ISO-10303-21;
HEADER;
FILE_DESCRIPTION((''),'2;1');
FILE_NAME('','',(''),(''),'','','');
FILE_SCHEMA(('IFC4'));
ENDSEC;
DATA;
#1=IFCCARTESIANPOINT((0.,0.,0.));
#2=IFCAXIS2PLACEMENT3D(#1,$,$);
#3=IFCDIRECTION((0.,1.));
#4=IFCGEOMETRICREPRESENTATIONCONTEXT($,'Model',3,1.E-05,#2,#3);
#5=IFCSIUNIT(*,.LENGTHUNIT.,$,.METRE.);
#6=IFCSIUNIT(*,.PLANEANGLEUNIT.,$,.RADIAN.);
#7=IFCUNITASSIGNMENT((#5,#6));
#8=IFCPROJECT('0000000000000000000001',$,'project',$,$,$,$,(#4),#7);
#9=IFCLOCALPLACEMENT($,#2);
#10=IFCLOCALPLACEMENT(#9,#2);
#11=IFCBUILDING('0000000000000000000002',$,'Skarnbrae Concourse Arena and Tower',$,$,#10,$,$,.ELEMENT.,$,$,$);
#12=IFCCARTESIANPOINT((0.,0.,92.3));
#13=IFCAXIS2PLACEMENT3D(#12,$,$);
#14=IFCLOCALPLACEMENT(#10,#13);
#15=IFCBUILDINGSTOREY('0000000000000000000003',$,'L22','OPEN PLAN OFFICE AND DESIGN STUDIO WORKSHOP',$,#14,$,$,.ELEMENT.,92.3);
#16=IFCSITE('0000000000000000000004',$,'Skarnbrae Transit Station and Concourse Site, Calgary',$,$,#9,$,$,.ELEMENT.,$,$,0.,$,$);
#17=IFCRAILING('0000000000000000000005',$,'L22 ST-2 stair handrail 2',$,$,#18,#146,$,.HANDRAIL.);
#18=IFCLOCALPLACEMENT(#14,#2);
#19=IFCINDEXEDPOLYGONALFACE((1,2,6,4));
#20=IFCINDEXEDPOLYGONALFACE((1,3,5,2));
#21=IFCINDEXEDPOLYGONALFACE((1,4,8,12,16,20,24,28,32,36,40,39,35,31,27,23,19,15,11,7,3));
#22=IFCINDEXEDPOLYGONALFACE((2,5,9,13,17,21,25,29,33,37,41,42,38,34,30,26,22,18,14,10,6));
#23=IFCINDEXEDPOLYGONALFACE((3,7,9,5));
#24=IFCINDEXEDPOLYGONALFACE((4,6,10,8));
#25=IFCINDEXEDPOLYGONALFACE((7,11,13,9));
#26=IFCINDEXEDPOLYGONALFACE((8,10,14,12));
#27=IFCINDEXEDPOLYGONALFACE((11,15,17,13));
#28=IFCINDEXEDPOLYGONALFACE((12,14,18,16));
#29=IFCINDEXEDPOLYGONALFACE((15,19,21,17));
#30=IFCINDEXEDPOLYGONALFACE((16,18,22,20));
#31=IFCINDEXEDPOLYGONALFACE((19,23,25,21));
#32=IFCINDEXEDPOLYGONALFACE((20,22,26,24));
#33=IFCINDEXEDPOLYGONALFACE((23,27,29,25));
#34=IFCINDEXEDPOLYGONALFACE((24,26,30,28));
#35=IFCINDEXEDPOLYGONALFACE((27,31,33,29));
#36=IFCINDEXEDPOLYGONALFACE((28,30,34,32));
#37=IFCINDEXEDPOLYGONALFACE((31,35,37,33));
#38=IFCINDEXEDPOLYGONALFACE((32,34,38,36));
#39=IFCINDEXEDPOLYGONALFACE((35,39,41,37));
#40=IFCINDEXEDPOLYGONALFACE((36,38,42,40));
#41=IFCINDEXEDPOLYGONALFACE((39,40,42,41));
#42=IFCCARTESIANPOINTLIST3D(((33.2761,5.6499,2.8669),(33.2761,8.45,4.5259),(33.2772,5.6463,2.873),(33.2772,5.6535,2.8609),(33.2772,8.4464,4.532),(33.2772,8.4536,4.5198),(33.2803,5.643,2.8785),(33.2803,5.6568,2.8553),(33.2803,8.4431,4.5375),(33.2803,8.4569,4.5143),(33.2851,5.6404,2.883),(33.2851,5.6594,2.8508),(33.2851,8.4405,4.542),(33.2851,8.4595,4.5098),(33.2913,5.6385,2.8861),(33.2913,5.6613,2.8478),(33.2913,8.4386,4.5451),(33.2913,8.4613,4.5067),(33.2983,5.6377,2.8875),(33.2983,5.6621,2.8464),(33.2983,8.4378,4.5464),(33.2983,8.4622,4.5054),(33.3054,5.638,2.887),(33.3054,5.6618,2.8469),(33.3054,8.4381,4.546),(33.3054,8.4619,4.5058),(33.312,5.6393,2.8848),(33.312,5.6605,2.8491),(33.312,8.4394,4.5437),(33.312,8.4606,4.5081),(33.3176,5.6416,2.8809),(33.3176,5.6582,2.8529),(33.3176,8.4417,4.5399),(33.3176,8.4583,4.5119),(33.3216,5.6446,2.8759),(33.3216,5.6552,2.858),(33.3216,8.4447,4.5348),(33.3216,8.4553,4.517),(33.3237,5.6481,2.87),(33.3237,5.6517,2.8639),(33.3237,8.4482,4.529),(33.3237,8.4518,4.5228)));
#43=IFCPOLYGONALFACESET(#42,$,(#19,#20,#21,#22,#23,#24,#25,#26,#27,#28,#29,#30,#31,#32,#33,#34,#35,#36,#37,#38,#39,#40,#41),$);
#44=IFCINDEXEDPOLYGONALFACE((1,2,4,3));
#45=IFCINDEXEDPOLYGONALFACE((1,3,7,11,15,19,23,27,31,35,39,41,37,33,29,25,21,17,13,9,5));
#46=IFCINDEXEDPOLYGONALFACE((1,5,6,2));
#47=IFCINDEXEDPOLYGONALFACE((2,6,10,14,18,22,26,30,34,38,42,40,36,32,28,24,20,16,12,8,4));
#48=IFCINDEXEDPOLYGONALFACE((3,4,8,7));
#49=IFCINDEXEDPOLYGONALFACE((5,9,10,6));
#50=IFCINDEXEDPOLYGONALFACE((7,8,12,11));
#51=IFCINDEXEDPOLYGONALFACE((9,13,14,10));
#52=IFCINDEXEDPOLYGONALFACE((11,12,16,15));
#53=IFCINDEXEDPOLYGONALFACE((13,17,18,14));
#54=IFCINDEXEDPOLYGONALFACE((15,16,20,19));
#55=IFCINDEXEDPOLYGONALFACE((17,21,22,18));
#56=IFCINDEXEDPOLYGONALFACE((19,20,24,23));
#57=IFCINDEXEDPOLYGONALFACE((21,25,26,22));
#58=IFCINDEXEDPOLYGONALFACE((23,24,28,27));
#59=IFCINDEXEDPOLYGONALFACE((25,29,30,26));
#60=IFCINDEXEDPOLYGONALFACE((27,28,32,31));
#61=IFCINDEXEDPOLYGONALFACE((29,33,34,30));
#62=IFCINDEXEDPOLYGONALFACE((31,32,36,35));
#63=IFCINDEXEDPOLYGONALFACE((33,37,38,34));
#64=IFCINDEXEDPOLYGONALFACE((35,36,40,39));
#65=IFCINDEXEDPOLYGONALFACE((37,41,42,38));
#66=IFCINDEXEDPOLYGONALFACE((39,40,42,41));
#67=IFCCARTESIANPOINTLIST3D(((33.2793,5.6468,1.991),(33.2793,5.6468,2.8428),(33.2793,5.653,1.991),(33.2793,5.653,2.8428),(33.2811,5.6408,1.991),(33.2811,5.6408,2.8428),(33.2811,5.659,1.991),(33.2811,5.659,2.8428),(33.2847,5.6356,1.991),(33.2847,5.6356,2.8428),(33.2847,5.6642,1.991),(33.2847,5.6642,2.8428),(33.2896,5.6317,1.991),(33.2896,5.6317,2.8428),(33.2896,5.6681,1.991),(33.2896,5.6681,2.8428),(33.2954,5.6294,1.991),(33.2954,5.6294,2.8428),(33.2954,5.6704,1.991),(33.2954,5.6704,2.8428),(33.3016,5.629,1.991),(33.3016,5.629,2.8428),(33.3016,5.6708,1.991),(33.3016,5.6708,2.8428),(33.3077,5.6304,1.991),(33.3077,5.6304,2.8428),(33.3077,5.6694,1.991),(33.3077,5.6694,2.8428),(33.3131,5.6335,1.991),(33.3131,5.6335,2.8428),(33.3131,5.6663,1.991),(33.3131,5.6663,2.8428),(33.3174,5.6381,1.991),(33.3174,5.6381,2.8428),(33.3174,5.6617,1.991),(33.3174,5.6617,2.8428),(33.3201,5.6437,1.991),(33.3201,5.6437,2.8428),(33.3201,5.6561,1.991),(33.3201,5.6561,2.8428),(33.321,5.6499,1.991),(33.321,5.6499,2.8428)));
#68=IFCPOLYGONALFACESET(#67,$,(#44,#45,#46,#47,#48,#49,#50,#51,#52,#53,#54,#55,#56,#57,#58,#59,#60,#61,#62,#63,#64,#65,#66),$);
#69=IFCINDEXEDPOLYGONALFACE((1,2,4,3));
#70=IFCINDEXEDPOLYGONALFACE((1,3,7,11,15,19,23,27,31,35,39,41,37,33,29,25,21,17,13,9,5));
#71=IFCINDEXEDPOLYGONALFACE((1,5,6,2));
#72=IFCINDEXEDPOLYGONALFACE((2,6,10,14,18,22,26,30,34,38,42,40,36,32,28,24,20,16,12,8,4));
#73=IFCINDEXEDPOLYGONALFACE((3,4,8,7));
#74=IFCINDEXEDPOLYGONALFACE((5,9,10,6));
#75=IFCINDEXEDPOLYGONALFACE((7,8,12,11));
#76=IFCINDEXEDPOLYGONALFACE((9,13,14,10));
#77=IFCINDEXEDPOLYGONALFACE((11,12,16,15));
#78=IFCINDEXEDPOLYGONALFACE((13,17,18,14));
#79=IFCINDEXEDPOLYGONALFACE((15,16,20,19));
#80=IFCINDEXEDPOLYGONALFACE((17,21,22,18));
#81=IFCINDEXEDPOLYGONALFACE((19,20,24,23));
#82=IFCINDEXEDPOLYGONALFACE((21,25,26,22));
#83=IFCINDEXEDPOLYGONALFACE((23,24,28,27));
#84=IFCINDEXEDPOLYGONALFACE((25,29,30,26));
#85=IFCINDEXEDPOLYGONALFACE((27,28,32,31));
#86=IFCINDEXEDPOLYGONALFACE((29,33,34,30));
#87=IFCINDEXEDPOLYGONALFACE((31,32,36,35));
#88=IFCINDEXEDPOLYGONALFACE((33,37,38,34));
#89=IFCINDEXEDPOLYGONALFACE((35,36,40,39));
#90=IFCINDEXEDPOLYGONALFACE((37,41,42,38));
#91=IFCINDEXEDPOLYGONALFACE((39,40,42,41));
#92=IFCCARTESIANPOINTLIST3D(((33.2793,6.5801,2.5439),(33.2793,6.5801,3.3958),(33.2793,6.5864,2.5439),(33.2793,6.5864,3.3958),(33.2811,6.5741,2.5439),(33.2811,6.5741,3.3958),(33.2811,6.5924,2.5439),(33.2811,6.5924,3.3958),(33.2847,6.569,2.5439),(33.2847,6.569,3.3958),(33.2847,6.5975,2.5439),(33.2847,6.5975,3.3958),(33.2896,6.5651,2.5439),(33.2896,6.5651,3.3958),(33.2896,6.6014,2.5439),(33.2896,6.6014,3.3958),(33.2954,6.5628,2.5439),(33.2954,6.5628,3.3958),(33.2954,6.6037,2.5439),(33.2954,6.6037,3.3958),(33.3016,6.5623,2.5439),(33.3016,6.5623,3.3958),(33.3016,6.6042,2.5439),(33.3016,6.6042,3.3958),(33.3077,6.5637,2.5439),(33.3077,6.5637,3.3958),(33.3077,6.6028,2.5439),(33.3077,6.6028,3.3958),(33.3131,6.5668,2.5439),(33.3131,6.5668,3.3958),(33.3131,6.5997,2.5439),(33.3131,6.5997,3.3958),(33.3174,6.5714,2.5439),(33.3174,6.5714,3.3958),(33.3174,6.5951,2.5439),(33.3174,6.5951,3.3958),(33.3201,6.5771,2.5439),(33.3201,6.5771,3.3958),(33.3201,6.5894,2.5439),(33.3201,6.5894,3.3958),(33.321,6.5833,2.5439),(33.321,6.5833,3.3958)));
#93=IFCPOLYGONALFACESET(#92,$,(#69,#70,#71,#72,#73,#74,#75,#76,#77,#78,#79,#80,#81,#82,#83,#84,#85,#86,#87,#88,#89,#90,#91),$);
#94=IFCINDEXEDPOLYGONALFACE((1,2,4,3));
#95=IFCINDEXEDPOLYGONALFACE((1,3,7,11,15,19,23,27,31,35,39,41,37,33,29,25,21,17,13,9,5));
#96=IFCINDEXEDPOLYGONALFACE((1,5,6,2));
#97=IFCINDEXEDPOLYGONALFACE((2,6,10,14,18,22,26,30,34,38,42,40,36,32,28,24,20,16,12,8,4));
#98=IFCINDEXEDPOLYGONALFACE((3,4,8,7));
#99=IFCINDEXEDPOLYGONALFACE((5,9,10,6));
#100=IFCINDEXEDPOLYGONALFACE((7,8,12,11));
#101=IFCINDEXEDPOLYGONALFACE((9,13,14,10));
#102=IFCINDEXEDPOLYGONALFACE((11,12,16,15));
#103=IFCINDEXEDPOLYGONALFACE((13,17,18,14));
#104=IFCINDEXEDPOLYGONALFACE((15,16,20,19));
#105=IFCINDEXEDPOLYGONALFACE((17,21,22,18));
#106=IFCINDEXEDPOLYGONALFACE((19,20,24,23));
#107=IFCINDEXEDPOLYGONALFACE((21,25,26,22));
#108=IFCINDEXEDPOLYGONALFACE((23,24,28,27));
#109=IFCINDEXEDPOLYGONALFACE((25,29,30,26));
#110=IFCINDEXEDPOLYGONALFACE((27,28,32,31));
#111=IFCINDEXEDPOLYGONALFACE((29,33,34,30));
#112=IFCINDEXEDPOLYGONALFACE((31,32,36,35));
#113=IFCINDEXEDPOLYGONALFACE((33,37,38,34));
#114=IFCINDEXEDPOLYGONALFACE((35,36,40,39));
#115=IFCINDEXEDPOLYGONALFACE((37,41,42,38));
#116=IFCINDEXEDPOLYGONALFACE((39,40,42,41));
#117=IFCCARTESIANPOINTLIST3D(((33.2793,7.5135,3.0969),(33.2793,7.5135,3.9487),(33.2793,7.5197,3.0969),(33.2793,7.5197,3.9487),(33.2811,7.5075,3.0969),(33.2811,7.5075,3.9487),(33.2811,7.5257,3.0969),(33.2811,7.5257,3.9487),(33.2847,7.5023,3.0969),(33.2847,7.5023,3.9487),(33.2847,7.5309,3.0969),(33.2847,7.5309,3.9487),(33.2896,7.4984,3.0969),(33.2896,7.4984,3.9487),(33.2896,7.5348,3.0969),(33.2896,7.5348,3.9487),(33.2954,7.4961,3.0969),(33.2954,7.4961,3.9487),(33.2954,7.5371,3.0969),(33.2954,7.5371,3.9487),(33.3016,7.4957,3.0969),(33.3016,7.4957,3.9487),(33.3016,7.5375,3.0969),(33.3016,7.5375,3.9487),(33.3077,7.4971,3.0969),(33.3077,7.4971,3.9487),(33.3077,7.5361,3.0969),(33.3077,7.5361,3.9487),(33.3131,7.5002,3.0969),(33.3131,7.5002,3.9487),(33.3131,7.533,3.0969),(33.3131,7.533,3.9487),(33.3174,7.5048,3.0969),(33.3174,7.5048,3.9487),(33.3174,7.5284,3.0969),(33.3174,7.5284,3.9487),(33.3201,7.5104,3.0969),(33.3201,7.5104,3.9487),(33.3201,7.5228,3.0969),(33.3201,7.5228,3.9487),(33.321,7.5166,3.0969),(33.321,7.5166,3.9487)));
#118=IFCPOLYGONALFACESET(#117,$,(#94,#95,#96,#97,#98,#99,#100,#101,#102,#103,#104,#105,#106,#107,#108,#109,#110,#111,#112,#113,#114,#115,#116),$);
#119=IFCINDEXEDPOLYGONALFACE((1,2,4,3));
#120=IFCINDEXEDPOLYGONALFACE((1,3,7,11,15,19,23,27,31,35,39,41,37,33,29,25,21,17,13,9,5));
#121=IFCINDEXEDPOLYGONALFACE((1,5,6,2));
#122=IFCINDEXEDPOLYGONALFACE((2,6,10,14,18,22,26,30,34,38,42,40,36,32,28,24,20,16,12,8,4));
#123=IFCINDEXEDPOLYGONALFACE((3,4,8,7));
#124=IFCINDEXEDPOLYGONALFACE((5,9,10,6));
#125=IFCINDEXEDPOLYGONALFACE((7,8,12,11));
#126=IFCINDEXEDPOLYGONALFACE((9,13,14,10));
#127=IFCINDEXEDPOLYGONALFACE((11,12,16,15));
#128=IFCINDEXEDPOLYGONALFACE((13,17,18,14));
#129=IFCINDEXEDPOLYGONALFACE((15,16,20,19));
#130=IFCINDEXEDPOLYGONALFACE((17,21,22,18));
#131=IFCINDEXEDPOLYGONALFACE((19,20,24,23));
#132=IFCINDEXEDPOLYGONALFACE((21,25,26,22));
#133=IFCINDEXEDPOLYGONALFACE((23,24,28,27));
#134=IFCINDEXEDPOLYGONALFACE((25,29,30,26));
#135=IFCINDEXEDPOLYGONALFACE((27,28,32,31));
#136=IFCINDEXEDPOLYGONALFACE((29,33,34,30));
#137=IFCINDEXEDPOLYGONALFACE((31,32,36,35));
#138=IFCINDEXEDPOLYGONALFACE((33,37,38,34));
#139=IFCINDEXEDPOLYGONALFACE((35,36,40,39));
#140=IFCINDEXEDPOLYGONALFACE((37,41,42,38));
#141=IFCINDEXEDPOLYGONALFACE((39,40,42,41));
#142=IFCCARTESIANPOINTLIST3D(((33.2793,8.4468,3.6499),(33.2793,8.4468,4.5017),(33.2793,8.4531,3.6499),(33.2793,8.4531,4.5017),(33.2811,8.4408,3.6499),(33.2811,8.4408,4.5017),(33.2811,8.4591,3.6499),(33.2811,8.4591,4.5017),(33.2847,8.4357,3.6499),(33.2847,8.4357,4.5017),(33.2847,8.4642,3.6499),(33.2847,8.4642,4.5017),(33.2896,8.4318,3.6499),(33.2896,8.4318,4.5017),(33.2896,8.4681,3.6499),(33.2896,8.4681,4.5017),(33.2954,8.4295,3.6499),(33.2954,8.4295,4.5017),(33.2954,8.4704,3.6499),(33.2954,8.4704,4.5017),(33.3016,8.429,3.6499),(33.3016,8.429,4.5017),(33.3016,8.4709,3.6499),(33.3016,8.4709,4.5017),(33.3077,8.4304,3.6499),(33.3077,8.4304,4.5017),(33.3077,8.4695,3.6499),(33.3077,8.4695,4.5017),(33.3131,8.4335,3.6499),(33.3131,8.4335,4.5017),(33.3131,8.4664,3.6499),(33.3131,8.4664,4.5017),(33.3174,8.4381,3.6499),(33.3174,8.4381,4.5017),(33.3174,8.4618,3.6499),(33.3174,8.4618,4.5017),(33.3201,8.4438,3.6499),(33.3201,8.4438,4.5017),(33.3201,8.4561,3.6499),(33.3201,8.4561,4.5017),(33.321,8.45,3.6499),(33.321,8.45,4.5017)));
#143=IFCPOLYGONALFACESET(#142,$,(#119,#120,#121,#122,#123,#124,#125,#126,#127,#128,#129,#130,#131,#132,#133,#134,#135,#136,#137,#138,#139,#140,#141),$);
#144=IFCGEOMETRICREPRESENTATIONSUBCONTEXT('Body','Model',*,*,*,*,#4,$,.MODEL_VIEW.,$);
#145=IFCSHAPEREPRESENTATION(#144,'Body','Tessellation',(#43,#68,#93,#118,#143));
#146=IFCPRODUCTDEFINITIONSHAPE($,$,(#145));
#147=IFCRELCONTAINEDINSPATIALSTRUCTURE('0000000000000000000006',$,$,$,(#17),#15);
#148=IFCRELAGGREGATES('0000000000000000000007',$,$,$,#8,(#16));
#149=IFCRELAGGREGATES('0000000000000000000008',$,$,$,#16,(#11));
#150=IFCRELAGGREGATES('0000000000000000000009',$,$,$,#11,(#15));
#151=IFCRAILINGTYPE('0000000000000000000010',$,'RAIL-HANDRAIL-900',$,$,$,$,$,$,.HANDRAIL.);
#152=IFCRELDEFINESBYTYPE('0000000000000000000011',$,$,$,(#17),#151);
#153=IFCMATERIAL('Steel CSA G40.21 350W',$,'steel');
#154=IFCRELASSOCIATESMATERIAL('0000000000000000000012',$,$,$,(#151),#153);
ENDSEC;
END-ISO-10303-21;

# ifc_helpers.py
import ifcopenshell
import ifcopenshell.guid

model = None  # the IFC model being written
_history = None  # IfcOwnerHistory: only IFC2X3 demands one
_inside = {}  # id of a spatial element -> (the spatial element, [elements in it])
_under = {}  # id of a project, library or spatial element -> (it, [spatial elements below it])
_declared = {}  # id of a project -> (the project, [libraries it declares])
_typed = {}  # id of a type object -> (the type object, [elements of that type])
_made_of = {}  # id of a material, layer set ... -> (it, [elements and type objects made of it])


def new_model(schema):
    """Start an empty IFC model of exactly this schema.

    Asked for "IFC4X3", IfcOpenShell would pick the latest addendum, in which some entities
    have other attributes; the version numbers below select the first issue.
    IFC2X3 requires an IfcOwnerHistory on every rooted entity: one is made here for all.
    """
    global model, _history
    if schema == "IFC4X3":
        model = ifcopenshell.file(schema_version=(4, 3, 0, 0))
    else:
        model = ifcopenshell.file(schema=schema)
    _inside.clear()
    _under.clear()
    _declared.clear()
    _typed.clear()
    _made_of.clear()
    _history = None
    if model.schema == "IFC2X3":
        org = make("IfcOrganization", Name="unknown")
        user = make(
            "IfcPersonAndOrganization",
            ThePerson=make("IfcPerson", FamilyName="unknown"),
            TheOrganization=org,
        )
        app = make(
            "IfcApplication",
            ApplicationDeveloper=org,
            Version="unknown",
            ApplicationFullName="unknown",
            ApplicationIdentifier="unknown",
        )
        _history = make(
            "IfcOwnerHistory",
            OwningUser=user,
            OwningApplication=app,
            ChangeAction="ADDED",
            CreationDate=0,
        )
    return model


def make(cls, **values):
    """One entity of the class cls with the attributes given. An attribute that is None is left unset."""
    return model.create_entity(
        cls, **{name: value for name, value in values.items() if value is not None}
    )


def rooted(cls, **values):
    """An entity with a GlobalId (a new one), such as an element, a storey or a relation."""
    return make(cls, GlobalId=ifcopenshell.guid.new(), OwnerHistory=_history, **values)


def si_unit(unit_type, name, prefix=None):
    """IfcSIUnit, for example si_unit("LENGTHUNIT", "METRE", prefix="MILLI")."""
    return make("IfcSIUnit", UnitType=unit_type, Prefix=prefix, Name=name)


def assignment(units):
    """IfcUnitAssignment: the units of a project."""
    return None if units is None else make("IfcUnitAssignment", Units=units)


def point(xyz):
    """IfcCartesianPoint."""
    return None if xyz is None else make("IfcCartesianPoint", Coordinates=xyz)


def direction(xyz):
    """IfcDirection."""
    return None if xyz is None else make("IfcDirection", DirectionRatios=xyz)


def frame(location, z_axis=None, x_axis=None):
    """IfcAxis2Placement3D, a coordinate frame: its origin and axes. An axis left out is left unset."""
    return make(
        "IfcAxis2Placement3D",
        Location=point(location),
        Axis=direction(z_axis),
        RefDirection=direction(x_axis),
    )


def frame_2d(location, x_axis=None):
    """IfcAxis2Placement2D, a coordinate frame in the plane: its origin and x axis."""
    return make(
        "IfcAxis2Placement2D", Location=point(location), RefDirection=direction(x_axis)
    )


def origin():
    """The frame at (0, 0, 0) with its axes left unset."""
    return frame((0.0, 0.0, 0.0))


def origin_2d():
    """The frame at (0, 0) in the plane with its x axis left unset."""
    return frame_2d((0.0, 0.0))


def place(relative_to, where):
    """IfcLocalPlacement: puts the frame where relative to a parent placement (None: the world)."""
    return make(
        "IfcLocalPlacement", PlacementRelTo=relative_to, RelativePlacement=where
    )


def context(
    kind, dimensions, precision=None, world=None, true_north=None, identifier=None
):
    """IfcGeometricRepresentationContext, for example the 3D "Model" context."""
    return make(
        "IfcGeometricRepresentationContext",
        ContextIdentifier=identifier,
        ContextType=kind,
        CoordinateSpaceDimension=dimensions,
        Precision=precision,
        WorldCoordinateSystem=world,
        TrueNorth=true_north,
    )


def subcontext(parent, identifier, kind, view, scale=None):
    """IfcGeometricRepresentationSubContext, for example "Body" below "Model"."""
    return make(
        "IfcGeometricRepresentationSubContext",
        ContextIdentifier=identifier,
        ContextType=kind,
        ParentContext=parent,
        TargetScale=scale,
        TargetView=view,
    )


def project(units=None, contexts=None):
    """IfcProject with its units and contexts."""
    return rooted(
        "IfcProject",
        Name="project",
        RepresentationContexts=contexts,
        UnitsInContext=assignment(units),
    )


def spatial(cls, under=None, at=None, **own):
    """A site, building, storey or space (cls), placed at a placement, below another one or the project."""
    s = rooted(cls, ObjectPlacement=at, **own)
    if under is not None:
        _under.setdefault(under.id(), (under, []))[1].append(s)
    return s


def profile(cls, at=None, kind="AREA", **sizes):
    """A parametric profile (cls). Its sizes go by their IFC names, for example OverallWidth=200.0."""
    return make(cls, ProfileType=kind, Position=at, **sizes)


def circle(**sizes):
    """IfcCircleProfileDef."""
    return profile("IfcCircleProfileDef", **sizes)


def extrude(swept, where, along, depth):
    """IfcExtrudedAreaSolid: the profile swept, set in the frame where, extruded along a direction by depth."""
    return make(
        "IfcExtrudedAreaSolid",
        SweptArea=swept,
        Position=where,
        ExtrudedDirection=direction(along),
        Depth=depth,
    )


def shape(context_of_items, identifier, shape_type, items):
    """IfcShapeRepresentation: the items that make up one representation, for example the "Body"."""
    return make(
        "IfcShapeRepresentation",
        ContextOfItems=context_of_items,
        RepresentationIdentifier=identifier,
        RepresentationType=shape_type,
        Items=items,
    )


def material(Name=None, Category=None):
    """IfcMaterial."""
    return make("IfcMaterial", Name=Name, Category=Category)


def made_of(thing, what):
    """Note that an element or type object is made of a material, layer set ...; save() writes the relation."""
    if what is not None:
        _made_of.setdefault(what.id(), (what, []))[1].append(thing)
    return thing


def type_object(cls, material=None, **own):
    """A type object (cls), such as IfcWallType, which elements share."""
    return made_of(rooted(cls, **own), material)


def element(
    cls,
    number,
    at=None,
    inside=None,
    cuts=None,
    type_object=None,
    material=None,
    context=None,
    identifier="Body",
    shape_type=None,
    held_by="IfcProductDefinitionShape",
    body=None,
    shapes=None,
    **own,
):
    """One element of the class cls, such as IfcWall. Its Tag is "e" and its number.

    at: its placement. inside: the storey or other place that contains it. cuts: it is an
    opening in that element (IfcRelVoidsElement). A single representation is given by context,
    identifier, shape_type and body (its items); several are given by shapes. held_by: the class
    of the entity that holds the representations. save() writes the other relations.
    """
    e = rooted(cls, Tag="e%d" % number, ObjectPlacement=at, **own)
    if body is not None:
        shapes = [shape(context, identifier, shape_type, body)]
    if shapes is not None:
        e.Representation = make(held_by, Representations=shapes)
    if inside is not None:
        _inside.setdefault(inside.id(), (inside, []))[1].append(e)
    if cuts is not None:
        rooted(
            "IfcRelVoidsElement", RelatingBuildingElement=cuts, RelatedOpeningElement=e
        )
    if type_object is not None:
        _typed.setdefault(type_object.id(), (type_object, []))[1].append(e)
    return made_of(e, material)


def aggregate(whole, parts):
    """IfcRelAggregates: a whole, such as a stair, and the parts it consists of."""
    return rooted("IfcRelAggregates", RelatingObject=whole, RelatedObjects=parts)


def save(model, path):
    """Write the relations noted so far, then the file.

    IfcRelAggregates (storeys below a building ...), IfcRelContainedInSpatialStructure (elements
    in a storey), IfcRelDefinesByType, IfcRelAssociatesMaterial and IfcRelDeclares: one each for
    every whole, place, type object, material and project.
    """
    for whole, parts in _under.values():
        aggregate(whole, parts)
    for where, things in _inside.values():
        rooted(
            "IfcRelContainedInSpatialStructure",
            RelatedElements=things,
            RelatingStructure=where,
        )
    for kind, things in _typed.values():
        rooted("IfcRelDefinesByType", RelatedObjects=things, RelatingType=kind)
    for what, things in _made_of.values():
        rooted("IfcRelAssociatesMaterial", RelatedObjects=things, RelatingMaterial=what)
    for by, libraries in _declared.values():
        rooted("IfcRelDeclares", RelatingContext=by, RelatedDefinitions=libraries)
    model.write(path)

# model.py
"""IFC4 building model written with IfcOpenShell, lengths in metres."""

from ifc_helpers import new_model, si_unit, direction, frame, origin, origin_2d, place, context, subcontext, project, spatial, circle, extrude, material, type_object, element, save


model = new_model("IFC4")

# Units and contexts
model_context = context("Model", 3, precision=1e-05, world=origin(), true_north=direction((0.0, 1.0)))
body_context = subcontext(model_context, "Body", "Model", "MODEL_VIEW")
ifc_project = project(units=[si_unit("LENGTHUNIT", "METRE"), si_unit("PLANEANGLEUNIT", "RADIAN")], contexts=[model_context])

# Site, building, storey
site_placement = place(None, origin())
site = spatial("IfcSite", under=ifc_project, at=site_placement, Name="Skarnbrae Transit Station and Concourse Site, Calgary", CompositionType="ELEMENT", RefElevation=0.0)
building_placement = place(site_placement, origin())
building = spatial("IfcBuilding", under=site, at=building_placement, Name="Skarnbrae Concourse Arena and Tower", CompositionType="ELEMENT")
storey_placement = place(building_placement, frame((0.0, 0.0, 92.3)))
storey = spatial("IfcBuildingStorey", under=building, at=storey_placement, Name="L22", Description="OPEN PLAN OFFICE AND DESIGN STUDIO WORKSHOP", CompositionType="ELEMENT", Elevation=92.3)

# Shared definitions
ifc_material_1 = material(Name="Steel CSA G40.21 350W", Category="steel")

# Railing
railing_type_1 = type_object("IfcRailingType", Name="RAIL-HANDRAIL-900", PredefinedType="HANDRAIL", material=ifc_material_1)
railing_1_placement = place(storey_placement, frame((33.3, 5.6499, 1.991)))
element("IfcRailing", 1, at=railing_1_placement, inside=storey, type_object=railing_type_1, Name="L22 ST-2 stair handrail 2", PredefinedType="HANDRAIL", context=body_context, shape_type="SweptSolid", body=[
    extrude(circle(Radius=0.0239, at=origin_2d()), frame((0.0, 0.0, 0.876), z_axis=(0.0, 0.860339, 0.509722), x_axis=(-1.0, 0.0, 0.0)), (0.0, 0.0, 1.0), 3.2546),
    extrude(circle(Radius=0.021, at=origin_2d()), origin(), (0.0, 0.0, 1.0), 0.8518),
    extrude(circle(Radius=0.021, at=origin_2d()), frame((0.0, 0.9333, 0.553)), (0.0, 0.0, 1.0), 0.8518),
    extrude(circle(Radius=0.021, at=origin_2d()), frame((0.0, 1.8667, 1.106)), (0.0, 0.0, 1.0), 0.8518),
    extrude(circle(Radius=0.021, at=origin_2d()), frame((0.0, 2.8, 1.6589)), (0.0, 0.0, 1.0), 0.8518),
])

save(model, "model.ifc")
